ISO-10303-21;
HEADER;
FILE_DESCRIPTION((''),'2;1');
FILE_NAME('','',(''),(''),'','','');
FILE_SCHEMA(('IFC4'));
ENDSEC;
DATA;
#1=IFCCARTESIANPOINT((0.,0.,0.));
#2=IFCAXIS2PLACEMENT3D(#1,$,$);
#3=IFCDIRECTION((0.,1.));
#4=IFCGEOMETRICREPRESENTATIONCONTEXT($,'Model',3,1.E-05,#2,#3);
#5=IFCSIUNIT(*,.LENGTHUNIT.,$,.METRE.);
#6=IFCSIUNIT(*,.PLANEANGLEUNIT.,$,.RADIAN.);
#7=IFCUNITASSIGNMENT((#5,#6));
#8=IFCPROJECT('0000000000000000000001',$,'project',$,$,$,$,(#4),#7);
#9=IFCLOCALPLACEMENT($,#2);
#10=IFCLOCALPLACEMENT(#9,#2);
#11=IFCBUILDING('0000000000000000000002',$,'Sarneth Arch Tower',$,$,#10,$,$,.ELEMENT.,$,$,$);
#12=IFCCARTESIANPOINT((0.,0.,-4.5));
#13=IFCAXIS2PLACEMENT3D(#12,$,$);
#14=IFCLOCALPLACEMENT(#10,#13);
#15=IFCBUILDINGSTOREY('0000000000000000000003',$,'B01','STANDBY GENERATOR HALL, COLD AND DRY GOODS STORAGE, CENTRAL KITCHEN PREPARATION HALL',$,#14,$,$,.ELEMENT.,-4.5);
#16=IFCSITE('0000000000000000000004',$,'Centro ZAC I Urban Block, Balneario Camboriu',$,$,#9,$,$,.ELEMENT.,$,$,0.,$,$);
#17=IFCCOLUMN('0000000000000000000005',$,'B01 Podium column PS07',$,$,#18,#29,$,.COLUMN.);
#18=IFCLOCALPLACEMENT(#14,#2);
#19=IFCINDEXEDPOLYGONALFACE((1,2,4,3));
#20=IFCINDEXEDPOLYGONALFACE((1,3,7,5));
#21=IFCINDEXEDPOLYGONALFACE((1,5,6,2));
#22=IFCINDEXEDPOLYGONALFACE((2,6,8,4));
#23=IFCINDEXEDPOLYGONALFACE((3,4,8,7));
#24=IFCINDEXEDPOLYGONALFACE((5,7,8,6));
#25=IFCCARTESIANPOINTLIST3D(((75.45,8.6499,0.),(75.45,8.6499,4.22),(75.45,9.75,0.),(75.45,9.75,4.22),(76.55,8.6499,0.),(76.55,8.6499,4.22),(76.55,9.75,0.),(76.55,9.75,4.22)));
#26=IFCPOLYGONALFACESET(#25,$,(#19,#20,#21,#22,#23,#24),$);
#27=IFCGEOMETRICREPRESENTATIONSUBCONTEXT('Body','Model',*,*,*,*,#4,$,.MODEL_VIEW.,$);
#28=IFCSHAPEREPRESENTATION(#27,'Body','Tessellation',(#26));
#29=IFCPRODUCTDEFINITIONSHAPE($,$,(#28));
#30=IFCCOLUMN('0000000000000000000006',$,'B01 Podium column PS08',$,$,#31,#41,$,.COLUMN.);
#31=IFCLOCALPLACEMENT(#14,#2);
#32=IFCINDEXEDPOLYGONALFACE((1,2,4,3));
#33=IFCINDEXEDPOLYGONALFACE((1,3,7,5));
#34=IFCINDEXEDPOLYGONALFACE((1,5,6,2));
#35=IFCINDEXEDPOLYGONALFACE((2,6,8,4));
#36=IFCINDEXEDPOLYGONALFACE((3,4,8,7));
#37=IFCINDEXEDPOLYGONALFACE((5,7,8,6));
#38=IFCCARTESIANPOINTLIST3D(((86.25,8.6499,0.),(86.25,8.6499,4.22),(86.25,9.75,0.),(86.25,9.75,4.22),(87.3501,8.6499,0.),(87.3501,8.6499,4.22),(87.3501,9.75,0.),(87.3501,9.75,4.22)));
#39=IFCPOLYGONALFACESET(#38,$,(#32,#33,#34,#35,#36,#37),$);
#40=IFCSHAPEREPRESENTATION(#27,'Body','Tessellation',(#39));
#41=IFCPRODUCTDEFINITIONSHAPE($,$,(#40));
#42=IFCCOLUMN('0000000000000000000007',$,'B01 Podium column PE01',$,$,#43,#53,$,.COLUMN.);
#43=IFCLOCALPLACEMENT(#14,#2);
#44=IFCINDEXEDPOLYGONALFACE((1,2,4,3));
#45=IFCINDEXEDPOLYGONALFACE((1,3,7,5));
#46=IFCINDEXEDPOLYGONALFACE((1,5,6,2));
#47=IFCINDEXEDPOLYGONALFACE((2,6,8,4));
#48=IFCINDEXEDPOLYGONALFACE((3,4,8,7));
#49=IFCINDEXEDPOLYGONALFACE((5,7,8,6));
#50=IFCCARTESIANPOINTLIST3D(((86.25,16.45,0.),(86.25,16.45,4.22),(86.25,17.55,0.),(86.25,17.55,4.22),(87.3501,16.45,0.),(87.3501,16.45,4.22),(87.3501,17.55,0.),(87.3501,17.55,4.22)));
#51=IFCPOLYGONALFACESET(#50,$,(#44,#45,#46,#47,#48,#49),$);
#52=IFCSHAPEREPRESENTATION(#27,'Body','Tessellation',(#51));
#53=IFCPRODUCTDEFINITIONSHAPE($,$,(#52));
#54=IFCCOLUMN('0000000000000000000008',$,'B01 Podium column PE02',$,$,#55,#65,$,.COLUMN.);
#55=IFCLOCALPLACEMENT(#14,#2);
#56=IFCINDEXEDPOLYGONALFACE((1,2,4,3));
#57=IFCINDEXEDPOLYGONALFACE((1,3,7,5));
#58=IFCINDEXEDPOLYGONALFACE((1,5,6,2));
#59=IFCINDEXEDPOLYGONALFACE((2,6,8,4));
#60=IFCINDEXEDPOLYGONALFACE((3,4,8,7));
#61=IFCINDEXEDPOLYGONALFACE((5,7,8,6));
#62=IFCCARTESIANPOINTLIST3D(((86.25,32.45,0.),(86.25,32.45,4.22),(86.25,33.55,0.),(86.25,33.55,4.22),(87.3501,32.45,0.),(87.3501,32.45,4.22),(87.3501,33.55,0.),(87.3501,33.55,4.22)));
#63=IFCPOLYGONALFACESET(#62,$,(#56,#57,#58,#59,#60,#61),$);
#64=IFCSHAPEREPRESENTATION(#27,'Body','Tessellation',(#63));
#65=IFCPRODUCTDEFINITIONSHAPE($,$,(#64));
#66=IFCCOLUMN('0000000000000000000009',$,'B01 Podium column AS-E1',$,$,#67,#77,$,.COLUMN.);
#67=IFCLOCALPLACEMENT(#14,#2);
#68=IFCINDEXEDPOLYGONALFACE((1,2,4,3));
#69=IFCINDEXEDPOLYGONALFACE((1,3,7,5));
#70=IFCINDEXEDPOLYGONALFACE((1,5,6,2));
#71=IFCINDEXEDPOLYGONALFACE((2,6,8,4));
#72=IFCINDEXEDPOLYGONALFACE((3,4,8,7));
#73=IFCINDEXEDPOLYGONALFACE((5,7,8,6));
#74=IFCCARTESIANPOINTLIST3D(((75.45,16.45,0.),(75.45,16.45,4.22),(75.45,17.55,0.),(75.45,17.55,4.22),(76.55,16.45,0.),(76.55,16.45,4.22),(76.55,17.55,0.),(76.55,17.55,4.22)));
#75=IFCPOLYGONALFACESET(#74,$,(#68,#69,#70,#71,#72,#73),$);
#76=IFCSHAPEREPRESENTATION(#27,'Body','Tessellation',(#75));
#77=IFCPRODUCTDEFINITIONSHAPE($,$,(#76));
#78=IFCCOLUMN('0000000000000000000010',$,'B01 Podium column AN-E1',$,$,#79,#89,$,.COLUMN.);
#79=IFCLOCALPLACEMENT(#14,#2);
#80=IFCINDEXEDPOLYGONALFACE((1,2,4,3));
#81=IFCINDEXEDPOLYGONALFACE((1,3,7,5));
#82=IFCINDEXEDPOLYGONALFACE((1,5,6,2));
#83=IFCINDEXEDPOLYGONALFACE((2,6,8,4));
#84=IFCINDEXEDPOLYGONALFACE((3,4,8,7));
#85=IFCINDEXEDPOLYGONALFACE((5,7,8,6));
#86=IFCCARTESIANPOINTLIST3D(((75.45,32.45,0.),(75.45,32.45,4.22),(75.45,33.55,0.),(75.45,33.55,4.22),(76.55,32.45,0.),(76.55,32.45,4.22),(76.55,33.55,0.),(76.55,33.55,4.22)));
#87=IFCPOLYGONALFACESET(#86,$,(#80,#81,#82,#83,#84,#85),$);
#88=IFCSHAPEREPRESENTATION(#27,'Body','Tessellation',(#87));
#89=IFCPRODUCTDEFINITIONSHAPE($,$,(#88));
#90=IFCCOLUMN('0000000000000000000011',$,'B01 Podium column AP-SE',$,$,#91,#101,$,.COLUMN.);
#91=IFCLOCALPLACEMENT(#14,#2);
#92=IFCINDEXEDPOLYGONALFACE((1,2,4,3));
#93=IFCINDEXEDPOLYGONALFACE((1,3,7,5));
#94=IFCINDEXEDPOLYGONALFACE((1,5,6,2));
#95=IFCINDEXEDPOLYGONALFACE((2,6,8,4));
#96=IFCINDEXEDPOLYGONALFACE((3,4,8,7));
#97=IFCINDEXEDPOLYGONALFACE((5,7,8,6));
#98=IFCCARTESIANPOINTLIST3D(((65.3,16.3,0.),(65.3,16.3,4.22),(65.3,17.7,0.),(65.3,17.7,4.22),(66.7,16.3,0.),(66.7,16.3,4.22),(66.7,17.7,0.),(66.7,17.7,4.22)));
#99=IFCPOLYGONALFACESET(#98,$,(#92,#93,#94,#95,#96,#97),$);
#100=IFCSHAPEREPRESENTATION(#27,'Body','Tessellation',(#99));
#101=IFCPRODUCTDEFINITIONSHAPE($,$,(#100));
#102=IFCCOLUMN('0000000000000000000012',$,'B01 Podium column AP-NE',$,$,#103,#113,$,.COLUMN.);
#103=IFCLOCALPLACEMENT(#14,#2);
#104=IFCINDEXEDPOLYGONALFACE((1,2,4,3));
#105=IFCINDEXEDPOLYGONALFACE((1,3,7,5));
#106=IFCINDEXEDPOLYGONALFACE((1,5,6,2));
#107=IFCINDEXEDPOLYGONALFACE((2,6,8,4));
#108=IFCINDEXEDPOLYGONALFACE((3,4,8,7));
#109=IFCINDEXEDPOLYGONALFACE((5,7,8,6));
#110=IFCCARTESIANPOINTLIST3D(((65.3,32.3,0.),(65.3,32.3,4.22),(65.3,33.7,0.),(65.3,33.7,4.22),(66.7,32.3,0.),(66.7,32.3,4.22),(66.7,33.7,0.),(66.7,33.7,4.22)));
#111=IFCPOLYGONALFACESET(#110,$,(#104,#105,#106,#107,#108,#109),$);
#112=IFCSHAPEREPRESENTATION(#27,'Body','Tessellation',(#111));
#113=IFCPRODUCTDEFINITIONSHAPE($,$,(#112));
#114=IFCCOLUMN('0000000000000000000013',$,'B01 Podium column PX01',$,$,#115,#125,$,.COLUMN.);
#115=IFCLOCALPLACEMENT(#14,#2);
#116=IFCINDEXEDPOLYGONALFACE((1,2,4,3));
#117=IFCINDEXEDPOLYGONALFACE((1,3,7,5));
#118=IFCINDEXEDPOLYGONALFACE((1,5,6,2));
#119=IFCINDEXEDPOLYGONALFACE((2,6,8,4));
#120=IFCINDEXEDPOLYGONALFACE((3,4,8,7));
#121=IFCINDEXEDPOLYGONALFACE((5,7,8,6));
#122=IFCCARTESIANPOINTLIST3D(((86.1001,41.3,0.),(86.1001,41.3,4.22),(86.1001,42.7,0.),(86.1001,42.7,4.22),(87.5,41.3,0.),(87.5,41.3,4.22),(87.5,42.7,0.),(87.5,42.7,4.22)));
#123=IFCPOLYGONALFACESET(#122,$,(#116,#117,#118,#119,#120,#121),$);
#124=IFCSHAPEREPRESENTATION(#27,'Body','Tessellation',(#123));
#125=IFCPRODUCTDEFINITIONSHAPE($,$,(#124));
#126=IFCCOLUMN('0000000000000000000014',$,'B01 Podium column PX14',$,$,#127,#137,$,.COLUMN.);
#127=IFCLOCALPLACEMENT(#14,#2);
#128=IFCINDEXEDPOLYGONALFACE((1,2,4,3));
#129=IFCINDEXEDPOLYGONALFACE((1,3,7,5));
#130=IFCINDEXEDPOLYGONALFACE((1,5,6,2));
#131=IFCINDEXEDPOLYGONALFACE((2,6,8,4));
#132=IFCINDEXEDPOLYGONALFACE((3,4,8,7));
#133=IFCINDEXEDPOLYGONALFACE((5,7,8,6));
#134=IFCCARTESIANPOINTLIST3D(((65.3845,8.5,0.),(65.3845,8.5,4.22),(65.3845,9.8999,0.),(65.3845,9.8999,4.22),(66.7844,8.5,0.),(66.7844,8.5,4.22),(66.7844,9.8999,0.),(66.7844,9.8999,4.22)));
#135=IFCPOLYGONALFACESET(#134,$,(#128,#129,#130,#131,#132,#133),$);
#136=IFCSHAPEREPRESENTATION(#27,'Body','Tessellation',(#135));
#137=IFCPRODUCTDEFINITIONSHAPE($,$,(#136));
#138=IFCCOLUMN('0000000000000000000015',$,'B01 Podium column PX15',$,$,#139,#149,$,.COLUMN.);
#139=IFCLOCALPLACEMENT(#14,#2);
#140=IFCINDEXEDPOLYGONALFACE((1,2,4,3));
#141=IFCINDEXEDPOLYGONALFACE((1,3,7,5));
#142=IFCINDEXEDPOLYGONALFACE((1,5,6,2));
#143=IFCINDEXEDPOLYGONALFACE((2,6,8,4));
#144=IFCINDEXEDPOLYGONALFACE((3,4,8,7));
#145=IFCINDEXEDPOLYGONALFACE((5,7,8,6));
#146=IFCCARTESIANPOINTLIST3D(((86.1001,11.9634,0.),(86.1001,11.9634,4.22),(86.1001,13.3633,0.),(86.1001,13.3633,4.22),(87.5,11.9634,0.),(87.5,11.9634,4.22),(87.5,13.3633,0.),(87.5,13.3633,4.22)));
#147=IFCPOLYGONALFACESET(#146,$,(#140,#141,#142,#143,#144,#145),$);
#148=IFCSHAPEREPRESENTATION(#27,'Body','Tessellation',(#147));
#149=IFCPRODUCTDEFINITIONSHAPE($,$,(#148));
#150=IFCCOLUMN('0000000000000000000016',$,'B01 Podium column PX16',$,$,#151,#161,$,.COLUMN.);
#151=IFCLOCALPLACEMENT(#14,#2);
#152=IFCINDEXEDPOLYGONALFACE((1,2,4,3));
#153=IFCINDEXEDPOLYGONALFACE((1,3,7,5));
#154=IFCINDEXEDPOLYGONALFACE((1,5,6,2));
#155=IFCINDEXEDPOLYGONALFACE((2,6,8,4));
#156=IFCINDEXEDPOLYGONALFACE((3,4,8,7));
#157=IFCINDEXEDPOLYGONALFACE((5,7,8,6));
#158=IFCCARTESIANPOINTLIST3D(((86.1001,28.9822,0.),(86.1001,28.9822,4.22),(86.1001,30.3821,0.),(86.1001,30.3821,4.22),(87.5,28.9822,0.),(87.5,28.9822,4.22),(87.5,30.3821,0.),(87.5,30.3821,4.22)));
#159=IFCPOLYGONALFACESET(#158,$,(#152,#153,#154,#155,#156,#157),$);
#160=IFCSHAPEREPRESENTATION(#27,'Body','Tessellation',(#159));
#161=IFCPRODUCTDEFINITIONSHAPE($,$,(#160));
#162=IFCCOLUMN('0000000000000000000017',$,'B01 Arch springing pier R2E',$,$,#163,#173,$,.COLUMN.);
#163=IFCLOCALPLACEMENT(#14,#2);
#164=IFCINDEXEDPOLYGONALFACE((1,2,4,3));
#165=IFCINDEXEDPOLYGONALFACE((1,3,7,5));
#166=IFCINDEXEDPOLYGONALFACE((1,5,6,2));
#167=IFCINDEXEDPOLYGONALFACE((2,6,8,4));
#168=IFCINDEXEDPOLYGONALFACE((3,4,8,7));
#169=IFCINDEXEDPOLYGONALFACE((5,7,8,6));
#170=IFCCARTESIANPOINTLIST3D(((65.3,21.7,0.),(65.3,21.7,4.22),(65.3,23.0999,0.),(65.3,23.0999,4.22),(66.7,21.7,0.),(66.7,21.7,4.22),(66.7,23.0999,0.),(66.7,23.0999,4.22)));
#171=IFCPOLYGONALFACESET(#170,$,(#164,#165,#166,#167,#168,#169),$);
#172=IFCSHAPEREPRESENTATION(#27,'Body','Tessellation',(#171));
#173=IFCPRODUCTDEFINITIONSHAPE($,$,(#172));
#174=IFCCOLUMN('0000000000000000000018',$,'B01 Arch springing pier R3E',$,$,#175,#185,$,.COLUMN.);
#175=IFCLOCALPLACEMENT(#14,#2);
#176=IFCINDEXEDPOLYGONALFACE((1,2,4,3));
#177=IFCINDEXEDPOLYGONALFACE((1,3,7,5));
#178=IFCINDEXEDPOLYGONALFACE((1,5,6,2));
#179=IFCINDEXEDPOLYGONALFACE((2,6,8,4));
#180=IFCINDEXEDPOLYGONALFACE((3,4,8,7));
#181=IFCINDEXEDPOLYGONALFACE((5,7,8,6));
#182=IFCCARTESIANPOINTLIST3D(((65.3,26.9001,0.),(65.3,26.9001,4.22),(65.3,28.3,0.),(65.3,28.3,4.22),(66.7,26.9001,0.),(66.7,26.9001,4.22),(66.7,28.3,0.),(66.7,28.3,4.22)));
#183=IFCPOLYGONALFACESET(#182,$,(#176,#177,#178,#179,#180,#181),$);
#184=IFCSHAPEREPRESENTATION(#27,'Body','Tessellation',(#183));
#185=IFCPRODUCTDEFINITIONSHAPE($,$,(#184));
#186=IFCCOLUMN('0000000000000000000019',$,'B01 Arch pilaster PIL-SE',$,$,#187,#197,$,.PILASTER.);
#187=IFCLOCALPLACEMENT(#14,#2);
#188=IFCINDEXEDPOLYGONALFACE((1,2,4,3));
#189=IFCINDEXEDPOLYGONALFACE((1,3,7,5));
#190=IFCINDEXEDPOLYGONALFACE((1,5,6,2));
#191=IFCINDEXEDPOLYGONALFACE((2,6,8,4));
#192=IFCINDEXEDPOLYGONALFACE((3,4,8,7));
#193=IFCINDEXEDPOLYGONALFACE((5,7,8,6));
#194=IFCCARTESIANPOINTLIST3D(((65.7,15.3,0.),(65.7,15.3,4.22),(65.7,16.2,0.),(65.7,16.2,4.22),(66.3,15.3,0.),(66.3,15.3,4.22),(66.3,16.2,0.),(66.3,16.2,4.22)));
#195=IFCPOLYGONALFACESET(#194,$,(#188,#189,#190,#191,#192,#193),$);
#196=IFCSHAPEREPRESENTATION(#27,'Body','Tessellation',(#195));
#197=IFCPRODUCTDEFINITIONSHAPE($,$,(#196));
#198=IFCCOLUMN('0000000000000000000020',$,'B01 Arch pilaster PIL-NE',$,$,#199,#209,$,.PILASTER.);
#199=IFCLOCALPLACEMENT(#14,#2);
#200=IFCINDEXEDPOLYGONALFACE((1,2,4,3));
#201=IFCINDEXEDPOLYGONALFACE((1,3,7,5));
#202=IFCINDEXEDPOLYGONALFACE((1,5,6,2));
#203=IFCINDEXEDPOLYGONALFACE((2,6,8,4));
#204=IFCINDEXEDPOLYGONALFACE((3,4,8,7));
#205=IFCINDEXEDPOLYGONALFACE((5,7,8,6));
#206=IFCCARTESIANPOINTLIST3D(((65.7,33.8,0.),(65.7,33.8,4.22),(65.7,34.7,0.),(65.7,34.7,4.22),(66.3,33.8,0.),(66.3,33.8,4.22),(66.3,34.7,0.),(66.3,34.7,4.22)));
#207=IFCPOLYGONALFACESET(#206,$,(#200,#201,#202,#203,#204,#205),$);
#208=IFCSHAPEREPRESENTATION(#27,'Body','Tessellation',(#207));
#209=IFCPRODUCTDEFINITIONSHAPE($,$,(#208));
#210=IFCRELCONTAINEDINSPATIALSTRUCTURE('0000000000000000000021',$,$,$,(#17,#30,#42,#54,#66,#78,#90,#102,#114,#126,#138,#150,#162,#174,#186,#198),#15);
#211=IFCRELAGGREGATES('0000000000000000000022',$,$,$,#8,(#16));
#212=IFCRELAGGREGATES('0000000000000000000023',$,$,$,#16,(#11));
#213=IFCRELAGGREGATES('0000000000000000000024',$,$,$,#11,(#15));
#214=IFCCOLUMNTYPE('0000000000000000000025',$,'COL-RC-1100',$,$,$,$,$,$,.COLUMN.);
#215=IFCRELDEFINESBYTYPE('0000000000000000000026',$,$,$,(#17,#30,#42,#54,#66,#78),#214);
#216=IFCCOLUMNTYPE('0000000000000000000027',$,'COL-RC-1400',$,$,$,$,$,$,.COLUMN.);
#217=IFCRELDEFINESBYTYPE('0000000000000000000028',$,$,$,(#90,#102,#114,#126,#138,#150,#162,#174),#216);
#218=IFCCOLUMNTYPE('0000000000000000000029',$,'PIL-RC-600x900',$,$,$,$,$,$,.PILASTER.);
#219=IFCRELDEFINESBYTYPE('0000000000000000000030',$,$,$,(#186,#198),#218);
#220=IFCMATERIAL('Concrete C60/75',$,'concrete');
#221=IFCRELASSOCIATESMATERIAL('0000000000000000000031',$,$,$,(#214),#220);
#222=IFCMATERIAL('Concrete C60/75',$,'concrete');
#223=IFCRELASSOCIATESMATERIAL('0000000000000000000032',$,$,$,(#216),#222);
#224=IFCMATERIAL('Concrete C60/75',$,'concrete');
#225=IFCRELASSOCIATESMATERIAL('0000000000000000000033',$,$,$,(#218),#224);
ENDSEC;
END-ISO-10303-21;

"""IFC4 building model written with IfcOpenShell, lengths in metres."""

from ifc_helpers import new_model, si_unit, direction, frame, origin, origin_2d, place, context, subcontext, project, spatial, rectangle, extrude, material, material_profile, profile_set, type_object, element, save


model = new_model("IFC4")

# Units and contexts
model_context = context("Model", 3, precision=1e-05, world=origin(), true_north=direction((0.0, 1.0)))
body_context = subcontext(model_context, "Body", "Model", "MODEL_VIEW")
ifc_project = project(units=[si_unit("LENGTHUNIT", "METRE"), si_unit("PLANEANGLEUNIT", "RADIAN")], contexts=[model_context])

# Site, building, storey
site_placement = place(None, origin())
site = spatial("IfcSite", under=ifc_project, at=site_placement, Name="Centro ZAC I Urban Block, Balneario Camboriu", CompositionType="ELEMENT", RefElevation=0.0)
building_placement = place(site_placement, origin())
building = spatial("IfcBuilding", under=site, at=building_placement, Name="Sarneth Arch Tower", CompositionType="ELEMENT")
storey_placement = place(building_placement, frame((0.0, 0.0, -4.5)))
storey = spatial("IfcBuildingStorey", under=building, at=storey_placement, Name="B01", Description="STANDBY GENERATOR HALL, COLD AND DRY GOODS STORAGE, CENTRAL KITCHEN PREPARATION HALL", CompositionType="ELEMENT", Elevation=-4.5)

# Columns
ifc_material_1 = material(Name="Concrete C60/75", Category="concrete")
ifc_material_profile_1 = material_profile(ifc_material_1, rectangle(XDim=1.1001, YDim=1.1001, at=origin_2d()), Name="RC-1100x1100")
ifc_profile_set_1 = profile_set([ifc_material_profile_1], Name="Concrete C60/75")
column_type_1 = type_object("IfcColumnType", Name="COL-RC-1100", PredefinedType="COLUMN", material=ifc_profile_set_1)
for number, where, z_axis, x_axis, name in (
    (1, (76.0, 9.2, 0.0), (0.0, 0.0, 1.0), (1.0, 0.0, 0.0), "B01 Podium column PS07"),
    (2, (86.8, 9.2, 0.0), (0.0, 0.0, 1.0), (1.0, 0.0, 0.0), "B01 Podium column PS08"),
    (3, (86.8, 17.0, 0.0), (0.0, 0.0, 1.0), (1.0, 0.0, 0.0), "B01 Podium column PE01"),
    (4, (86.8, 33.0, 0.0), (0.0, 0.0, 1.0), (1.0, 0.0, 0.0), "B01 Podium column PE02"),
    (5, (76.0, 17.0, 0.0), (0.0, 0.0, 1.0), (1.0, 0.0, 0.0), "B01 Podium column AS-E1"),
    (6, (76.0, 33.0, 0.0), (0.0, 0.0, 1.0), (1.0, 0.0, 0.0), "B01 Podium column AN-E1"),
):
    element("IfcColumn", number, at=place(storey_placement, frame(where, z_axis=z_axis, x_axis=x_axis)), inside=storey, type_object=column_type_1, Name=name, PredefinedType="COLUMN", context=body_context, shape_type="SweptSolid", body=[
        extrude(rectangle(XDim=1.1001, YDim=1.1001, at=origin_2d()), origin(), (0.0, 0.0, 1.0), 4.22),
    ])
ifc_material_2 = material(Name="Concrete C60/75", Category="concrete")
ifc_material_profile_2 = material_profile(ifc_material_2, rectangle(XDim=1.3999, YDim=1.3999, at=origin_2d()), Name="RC-1400x1400")
ifc_profile_set_2 = profile_set([ifc_material_profile_2], Name="Concrete C60/75")
column_type_2 = type_object("IfcColumnType", Name="COL-RC-1400", PredefinedType="COLUMN", material=ifc_profile_set_2)
for number, where, z_axis, x_axis, name in (
    (7, (66.0, 17.0, 0.0), (0.0, 0.0, 1.0), (1.0, 0.0, 0.0), "B01 Podium column AP-SE"),
    (8, (66.0, 33.0, 0.0), (0.0, 0.0, 1.0), (1.0, 0.0, 0.0), "B01 Podium column AP-NE"),
    (9, (86.8, 42.0, 0.0), (0.0, 0.0, 1.0), (1.0, 0.0, 0.0), "B01 Podium column PX01"),
    (10, (66.0845, 9.2, 0.0), (0.0, 0.0, 1.0), (1.0, 0.0, 0.0), "B01 Podium column PX14"),
    (11, (86.8, 12.6633, 0.0), (0.0, 0.0, 1.0), (1.0, 0.0, 0.0), "B01 Podium column PX15"),
    (12, (86.8, 29.6821, 0.0), (0.0, 0.0, 1.0), (1.0, 0.0, 0.0), "B01 Podium column PX16"),
    (13, (66.0, 22.3999, 0.0), (0.0, 0.0, 1.0), (1.0, 0.0, 0.0), "B01 Arch springing pier R2E"),
    (14, (66.0, 27.6001, 0.0), (0.0, 0.0, 1.0), (1.0, 0.0, 0.0), "B01 Arch springing pier R3E"),
):
    element("IfcColumn", number, at=place(storey_placement, frame(where, z_axis=z_axis, x_axis=x_axis)), inside=storey, type_object=column_type_2, Name=name, PredefinedType="COLUMN", context=body_context, shape_type="SweptSolid", body=[
        extrude(rectangle(XDim=1.3999, YDim=1.3999, at=origin_2d()), origin(), (0.0, 0.0, 1.0), 4.22),
    ])
ifc_material_3 = material(Name="Concrete C60/75", Category="concrete")
ifc_material_profile_3 = material_profile(ifc_material_3, rectangle(XDim=0.6001, YDim=0.8999, at=origin_2d()), Name="RC-600x900")
ifc_profile_set_3 = profile_set([ifc_material_profile_3], Name="Concrete C60/75")
column_type_3 = type_object("IfcColumnType", Name="PIL-RC-600x900", PredefinedType="PILASTER", material=ifc_profile_set_3)
for number, where, z_axis, x_axis, name in (
    (15, (66.0, 15.75, 0.0), (0.0, 0.0, 1.0), (1.0, 0.0, 0.0), "B01 Arch pilaster PIL-SE"),
    (16, (66.0, 34.25, 0.0), (0.0, 0.0, 1.0), (1.0, 0.0, 0.0), "B01 Arch pilaster PIL-NE"),
):
    element("IfcColumn", number, at=place(storey_placement, frame(where, z_axis=z_axis, x_axis=x_axis)), inside=storey, type_object=column_type_3, Name=name, PredefinedType="PILASTER", context=body_context, shape_type="SweptSolid", body=[
        extrude(rectangle(XDim=0.6001, YDim=0.8999, at=origin_2d()), origin(), (0.0, 0.0, 1.0), 4.22),
    ])

save(model, "model.ifc")
